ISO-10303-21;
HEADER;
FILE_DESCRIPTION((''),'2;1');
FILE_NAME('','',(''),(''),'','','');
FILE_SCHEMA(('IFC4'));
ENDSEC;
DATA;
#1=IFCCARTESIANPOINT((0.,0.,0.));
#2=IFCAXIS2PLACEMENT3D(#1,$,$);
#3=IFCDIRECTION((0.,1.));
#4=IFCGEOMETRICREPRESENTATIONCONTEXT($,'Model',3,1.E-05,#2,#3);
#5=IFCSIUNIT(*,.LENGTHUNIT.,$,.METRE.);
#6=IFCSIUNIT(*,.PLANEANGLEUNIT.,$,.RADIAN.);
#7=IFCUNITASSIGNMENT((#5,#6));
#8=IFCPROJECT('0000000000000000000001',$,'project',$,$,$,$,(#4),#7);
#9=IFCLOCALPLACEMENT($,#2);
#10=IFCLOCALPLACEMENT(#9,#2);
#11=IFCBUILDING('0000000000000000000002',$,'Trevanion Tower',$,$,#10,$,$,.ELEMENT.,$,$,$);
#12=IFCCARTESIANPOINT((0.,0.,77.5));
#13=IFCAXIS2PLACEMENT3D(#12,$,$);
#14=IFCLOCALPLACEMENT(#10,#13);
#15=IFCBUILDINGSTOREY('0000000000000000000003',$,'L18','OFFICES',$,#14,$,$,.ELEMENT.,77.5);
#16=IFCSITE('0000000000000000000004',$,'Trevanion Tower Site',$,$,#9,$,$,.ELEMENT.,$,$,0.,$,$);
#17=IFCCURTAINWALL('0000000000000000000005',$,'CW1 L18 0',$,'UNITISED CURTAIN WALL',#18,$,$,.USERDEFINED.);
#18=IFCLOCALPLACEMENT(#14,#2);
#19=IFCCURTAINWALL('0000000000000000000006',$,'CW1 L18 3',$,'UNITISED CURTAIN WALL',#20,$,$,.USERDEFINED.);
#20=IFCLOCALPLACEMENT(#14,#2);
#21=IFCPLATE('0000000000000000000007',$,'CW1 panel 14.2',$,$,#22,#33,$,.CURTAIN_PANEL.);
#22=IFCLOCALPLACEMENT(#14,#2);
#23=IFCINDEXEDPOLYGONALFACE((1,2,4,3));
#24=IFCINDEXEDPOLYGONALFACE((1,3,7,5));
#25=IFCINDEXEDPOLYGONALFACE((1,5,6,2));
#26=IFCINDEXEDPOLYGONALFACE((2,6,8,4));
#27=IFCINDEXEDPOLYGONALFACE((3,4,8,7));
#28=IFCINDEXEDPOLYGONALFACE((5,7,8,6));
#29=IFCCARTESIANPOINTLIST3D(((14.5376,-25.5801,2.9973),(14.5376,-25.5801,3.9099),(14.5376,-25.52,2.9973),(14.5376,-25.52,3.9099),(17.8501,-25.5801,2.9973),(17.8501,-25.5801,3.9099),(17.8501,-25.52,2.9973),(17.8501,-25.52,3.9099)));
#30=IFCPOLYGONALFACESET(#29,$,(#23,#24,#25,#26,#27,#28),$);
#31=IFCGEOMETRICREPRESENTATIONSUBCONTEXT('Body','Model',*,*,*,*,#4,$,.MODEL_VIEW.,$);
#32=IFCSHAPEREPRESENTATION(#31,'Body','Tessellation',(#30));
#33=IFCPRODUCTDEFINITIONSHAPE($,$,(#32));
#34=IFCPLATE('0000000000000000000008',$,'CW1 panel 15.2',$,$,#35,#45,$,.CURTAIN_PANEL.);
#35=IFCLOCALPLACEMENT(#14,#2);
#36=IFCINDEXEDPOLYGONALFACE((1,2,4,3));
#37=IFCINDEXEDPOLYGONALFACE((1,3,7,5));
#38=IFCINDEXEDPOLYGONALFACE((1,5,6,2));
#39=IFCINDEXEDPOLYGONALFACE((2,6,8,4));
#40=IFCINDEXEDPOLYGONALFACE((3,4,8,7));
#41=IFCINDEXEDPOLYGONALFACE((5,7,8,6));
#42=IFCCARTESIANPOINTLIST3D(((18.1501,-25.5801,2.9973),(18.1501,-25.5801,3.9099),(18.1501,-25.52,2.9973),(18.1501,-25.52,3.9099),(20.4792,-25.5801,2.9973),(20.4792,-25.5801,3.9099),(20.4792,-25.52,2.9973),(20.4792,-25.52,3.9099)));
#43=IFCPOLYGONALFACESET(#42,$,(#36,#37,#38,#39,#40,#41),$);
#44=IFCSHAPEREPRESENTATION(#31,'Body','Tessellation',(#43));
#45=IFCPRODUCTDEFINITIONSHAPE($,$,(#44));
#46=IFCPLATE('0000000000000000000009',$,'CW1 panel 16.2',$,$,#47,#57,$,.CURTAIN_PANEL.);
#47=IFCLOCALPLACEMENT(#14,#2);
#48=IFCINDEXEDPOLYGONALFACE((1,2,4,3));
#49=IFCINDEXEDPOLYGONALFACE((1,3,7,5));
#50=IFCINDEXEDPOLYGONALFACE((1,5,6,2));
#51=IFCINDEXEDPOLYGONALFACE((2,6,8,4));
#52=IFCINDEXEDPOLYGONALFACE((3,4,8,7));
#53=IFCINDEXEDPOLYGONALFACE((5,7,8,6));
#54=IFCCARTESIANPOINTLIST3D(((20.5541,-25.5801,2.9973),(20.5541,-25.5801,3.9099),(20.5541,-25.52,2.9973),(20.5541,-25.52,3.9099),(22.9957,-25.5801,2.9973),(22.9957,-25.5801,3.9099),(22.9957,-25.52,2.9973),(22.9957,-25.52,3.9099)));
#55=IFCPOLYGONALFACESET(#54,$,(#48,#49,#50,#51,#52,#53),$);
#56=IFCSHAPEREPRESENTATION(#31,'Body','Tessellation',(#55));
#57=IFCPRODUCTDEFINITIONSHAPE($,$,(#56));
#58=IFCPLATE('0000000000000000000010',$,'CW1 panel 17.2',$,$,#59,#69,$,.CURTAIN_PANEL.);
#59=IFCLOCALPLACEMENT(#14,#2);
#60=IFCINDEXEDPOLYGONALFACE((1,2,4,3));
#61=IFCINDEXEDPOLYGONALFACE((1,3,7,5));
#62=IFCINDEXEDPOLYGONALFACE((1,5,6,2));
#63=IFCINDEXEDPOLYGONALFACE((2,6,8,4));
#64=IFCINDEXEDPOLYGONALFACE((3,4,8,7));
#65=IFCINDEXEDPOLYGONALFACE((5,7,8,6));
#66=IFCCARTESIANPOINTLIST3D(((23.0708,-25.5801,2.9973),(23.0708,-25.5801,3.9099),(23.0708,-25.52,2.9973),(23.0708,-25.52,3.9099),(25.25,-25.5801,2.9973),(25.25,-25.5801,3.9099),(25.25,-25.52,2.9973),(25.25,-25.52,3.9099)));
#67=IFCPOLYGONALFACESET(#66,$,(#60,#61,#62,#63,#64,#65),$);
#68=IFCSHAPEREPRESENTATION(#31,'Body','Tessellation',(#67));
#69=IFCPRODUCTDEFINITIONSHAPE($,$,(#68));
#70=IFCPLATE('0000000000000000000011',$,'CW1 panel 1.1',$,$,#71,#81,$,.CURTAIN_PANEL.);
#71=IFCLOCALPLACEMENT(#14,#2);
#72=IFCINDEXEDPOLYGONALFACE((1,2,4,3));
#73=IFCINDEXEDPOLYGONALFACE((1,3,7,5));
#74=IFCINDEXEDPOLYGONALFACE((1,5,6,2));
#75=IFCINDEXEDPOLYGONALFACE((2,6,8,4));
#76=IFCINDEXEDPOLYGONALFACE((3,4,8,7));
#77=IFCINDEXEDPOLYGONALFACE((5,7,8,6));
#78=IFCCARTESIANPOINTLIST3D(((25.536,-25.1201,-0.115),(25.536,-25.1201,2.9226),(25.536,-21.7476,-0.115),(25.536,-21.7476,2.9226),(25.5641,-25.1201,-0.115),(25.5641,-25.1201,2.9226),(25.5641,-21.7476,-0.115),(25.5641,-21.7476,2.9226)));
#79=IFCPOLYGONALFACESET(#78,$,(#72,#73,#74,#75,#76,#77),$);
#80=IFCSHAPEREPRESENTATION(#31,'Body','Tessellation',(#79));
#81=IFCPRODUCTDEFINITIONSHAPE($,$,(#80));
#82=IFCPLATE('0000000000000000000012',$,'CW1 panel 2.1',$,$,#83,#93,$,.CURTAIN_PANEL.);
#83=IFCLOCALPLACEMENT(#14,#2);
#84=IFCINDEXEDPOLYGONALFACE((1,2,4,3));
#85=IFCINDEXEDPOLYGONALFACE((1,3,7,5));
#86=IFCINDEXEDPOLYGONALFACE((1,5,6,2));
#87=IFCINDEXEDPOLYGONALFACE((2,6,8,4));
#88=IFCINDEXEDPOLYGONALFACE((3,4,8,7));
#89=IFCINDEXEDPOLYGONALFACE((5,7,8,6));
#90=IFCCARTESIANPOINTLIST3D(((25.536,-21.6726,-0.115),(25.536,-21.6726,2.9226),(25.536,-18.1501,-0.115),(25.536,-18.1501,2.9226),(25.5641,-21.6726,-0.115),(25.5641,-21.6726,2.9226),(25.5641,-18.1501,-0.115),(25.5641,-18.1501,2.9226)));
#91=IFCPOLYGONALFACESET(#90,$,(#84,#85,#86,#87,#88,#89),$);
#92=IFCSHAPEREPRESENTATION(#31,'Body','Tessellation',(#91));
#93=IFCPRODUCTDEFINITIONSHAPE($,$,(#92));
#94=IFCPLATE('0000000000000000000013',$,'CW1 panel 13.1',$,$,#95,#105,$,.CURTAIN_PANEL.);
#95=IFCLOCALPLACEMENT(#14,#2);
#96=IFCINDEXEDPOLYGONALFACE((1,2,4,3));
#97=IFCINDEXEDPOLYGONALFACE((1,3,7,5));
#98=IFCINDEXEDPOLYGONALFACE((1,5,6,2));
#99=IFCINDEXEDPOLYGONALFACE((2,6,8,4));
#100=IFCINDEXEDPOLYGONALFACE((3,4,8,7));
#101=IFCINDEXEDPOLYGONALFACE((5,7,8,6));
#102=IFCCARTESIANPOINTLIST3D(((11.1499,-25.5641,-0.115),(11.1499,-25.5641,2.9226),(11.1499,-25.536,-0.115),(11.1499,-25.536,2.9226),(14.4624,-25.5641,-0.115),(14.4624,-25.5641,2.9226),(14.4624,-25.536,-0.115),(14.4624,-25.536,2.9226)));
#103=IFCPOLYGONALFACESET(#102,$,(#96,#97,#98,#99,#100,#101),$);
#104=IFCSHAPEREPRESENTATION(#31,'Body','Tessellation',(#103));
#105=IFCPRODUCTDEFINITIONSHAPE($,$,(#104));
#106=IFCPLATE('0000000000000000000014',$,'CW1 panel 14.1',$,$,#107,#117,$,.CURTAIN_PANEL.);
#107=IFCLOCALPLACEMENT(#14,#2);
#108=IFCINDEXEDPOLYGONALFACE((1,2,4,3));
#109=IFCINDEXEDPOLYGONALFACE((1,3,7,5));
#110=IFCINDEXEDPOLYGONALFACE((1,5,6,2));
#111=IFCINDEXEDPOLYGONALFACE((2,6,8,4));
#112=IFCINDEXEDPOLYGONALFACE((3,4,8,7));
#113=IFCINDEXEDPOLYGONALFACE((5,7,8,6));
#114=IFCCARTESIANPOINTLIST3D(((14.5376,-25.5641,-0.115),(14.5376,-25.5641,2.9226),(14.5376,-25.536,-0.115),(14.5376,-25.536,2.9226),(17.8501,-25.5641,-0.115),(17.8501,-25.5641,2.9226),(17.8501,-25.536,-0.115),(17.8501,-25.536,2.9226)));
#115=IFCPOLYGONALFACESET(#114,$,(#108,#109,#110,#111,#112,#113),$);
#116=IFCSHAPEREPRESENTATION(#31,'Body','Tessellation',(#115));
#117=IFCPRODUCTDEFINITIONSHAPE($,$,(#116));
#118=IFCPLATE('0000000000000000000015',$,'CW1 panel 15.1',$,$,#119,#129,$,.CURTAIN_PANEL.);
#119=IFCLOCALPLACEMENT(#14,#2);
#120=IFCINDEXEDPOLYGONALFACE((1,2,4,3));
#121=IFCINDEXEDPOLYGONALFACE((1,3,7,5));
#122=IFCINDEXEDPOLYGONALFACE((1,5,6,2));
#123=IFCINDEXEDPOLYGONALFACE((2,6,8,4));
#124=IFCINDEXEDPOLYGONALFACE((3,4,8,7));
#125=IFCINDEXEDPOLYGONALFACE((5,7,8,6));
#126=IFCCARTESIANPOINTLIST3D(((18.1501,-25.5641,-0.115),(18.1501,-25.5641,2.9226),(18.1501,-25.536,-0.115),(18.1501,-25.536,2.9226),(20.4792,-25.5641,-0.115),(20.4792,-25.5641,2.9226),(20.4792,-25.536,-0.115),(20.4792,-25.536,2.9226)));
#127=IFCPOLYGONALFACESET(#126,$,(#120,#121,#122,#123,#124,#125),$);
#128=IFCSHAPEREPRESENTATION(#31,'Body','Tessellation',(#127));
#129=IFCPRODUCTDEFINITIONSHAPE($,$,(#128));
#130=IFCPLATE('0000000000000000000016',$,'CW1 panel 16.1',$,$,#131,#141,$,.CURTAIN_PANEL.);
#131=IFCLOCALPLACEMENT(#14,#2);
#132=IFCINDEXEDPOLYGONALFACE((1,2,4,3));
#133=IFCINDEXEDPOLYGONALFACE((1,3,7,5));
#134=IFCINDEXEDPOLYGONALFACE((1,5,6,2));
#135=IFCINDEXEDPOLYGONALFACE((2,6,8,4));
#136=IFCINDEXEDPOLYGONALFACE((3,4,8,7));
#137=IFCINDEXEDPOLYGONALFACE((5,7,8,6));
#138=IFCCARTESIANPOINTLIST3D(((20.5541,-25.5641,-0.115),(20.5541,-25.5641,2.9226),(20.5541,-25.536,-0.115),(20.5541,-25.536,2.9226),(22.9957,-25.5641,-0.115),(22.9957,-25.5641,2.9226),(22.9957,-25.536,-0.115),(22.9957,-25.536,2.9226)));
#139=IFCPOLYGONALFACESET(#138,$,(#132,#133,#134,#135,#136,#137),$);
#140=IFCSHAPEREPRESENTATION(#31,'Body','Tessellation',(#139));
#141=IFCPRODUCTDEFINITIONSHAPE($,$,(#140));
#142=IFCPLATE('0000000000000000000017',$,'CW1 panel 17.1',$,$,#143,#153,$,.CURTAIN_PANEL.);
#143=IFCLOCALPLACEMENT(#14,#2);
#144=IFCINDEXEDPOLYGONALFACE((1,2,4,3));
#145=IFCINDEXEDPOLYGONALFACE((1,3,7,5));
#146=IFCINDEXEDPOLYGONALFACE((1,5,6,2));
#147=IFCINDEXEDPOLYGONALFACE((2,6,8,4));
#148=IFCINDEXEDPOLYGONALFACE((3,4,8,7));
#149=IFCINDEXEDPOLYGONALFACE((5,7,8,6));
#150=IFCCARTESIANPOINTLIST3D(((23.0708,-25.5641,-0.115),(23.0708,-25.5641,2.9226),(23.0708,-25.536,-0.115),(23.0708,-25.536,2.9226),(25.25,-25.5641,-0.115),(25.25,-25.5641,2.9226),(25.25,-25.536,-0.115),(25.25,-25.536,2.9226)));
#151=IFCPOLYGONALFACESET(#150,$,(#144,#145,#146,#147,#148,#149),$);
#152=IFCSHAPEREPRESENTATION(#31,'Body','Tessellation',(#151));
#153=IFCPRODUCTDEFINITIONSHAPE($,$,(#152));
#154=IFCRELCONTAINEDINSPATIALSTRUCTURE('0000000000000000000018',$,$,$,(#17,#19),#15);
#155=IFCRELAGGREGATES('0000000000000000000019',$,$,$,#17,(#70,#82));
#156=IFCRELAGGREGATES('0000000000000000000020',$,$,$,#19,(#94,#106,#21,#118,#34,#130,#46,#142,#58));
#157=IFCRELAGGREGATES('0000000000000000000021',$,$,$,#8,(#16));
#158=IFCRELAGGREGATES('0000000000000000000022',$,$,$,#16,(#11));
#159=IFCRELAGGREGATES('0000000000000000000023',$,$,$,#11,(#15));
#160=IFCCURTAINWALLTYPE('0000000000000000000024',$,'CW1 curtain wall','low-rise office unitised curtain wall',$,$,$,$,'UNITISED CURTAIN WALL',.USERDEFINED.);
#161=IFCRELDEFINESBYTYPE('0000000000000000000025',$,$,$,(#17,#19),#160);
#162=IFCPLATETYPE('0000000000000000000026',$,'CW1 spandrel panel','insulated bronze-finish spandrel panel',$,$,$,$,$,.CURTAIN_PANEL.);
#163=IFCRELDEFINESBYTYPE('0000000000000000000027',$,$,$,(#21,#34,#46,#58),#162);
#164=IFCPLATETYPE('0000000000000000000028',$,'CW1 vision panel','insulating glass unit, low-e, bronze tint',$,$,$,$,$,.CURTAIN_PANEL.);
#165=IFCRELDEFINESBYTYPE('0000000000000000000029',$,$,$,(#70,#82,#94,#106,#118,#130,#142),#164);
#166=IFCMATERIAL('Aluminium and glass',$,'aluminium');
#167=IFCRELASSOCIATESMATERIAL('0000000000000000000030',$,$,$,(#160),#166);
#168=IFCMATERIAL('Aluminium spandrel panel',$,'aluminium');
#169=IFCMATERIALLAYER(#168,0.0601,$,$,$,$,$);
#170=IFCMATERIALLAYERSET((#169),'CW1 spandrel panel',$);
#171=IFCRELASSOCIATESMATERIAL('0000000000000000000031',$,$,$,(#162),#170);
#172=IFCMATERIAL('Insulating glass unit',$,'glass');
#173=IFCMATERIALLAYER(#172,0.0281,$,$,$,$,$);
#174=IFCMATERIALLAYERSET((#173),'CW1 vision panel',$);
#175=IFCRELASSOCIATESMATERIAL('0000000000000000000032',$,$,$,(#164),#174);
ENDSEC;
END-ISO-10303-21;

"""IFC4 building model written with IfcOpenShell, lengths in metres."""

from ifc_helpers import new_model, si_unit, direction, frame, origin, origin_2d, place, context, subcontext, project, spatial, rectangle, extrude, material, layer, layer_set, type_object, element, aggregate, save


model = new_model("IFC4")

# Units and contexts
model_context = context("Model", 3, precision=1e-05, world=origin(), true_north=direction((0.0, 1.0)))
body_context = subcontext(model_context, "Body", "Model", "MODEL_VIEW")
ifc_project = project(units=[si_unit("LENGTHUNIT", "METRE"), si_unit("PLANEANGLEUNIT", "RADIAN")], contexts=[model_context])

# Site, building, storey
site_placement = place(None, origin())
site = spatial("IfcSite", under=ifc_project, at=site_placement, Name="Trevanion Tower Site", CompositionType="ELEMENT", RefElevation=0.0)
building_placement = place(site_placement, origin())
building = spatial("IfcBuilding", under=site, at=building_placement, Name="Trevanion Tower", CompositionType="ELEMENT")
storey_placement = place(building_placement, frame((0.0, 0.0, 77.5)))
storey = spatial("IfcBuildingStorey", under=building, at=storey_placement, Name="L18", Description="OFFICES", CompositionType="ELEMENT", Elevation=77.5)

# Curtain wall
ifc_material_1 = material(Name="Aluminium and glass", Category="aluminium")
curtain_wall_type = type_object("IfcCurtainWallType", Name="CW1 curtain wall", Description="low-rise office unitised curtain wall", ElementType="UNITISED CURTAIN WALL", PredefinedType="USERDEFINED", material=ifc_material_1)
curtain_wall_1_placement = place(storey_placement, origin())
curtain_wall_1 = element("IfcCurtainWall", 1, at=curtain_wall_1_placement, inside=storey, type_object=curtain_wall_type, Name="CW1 L18 0", ObjectType="UNITISED CURTAIN WALL", PredefinedType="USERDEFINED")

# Curtain wall
curtain_wall_2_placement = place(storey_placement, origin())
curtain_wall_2 = element("IfcCurtainWall", 2, at=curtain_wall_2_placement, inside=storey, type_object=curtain_wall_type, Name="CW1 L18 3", ObjectType="UNITISED CURTAIN WALL", PredefinedType="USERDEFINED")

# Plates
ifc_material_2 = material(Name="Aluminium spandrel panel", Category="aluminium")
ifc_layer_1 = layer(ifc_material_2, 0.0601)
ifc_layer_set_1 = layer_set([ifc_layer_1], Name="CW1 spandrel panel")
plate_type_1 = type_object("IfcPlateType", Name="CW1 spandrel panel", Description="insulated bronze-finish spandrel panel", PredefinedType="CURTAIN_PANEL", material=ifc_layer_set_1)
plate_1_placement = place(storey_placement, frame((16.1938, -25.55, 2.9973), z_axis=(0.0, 0.0, 1.0), x_axis=(1.0, 0.0, 0.0)))
plate_1 = element("IfcPlate", 3, at=plate_1_placement, type_object=plate_type_1, Name="CW1 panel 14.2", PredefinedType="CURTAIN_PANEL", context=body_context, shape_type="SweptSolid", body=[
    extrude(rectangle(XDim=3.3125, YDim=0.0601, at=origin_2d()), origin(), (0.0, 0.0, 1.0), 0.9126),
])
plate_2_placement = place(storey_placement, frame((19.3147, -25.55, 2.9973), z_axis=(0.0, 0.0, 1.0), x_axis=(1.0, 0.0, 0.0)))
plate_2 = element("IfcPlate", 4, at=plate_2_placement, type_object=plate_type_1, Name="CW1 panel 15.2", PredefinedType="CURTAIN_PANEL", context=body_context, shape_type="SweptSolid", body=[
    extrude(rectangle(XDim=2.3291, YDim=0.0601, at=origin_2d()), origin(), (0.0, 0.0, 1.0), 0.9126),
])
plate_3_placement = place(storey_placement, frame((21.7749, -25.55, 2.9973), z_axis=(0.0, 0.0, 1.0), x_axis=(1.0, 0.0, 0.0)))
plate_3 = element("IfcPlate", 5, at=plate_3_placement, type_object=plate_type_1, Name="CW1 panel 16.2", PredefinedType="CURTAIN_PANEL", context=body_context, shape_type="SweptSolid", body=[
    extrude(rectangle(XDim=2.4417, YDim=0.0601, at=origin_2d()), origin(), (0.0, 0.0, 1.0), 0.9126),
])
plate_4_placement = place(storey_placement, frame((24.1604, -25.55, 2.9973), z_axis=(0.0, 0.0, 1.0), x_axis=(1.0, 0.0, 0.0)))
plate_4 = element("IfcPlate", 6, at=plate_4_placement, type_object=plate_type_1, Name="CW1 panel 17.2", PredefinedType="CURTAIN_PANEL", context=body_context, shape_type="SweptSolid", body=[
    extrude(rectangle(XDim=2.1792, YDim=0.0601, at=origin_2d()), origin(), (0.0, 0.0, 1.0), 0.9126),
])
ifc_material_3 = material(Name="Insulating glass unit", Category="glass")
ifc_layer_2 = layer(ifc_material_3, 0.0281)
ifc_layer_set_2 = layer_set([ifc_layer_2], Name="CW1 vision panel")
plate_type_2 = type_object("IfcPlateType", Name="CW1 vision panel", Description="insulating glass unit, low-e, bronze tint", PredefinedType="CURTAIN_PANEL", material=ifc_layer_set_2)
plate_5_placement = place(storey_placement, frame((25.55, -23.4338, -0.115), z_axis=(0.0, 0.0, 1.0), x_axis=(0.0, 1.0, 0.0)))
plate_5 = element("IfcPlate", 7, at=plate_5_placement, type_object=plate_type_2, Name="CW1 panel 1.1", PredefinedType="CURTAIN_PANEL", context=body_context, shape_type="SweptSolid", body=[
    extrude(rectangle(XDim=3.3726, YDim=0.0281, at=origin_2d()), origin(), (0.0, 0.0, 1.0), 3.0376),
])
plate_6_placement = place(storey_placement, frame((25.55, -19.9114, -0.115), z_axis=(0.0, 0.0, 1.0), x_axis=(0.0, 1.0, 0.0)))
plate_6 = element("IfcPlate", 8, at=plate_6_placement, type_object=plate_type_2, Name="CW1 panel 2.1", PredefinedType="CURTAIN_PANEL", context=body_context, shape_type="SweptSolid", body=[
    extrude(rectangle(XDim=3.5225, YDim=0.0281, at=origin_2d()), origin(), (0.0, 0.0, 1.0), 3.0376),
])
aggregate(curtain_wall_1, [plate_5, plate_6])
plate_7_placement = place(storey_placement, frame((12.8062, -25.55, -0.115), z_axis=(0.0, 0.0, 1.0), x_axis=(1.0, 0.0, 0.0)))
plate_7 = element("IfcPlate", 9, at=plate_7_placement, type_object=plate_type_2, Name="CW1 panel 13.1", PredefinedType="CURTAIN_PANEL", context=body_context, shape_type="SweptSolid", body=[
    extrude(rectangle(XDim=3.3125, YDim=0.0281, at=origin_2d()), origin(), (0.0, 0.0, 1.0), 3.0376),
])
plate_8_placement = place(storey_placement, frame((16.1938, -25.55, -0.115), z_axis=(0.0, 0.0, 1.0), x_axis=(1.0, 0.0, 0.0)))
plate_8 = element("IfcPlate", 10, at=plate_8_placement, type_object=plate_type_2, Name="CW1 panel 14.1", PredefinedType="CURTAIN_PANEL", context=body_context, shape_type="SweptSolid", body=[
    extrude(rectangle(XDim=3.3125, YDim=0.0281, at=origin_2d()), origin(), (0.0, 0.0, 1.0), 3.0376),
])
plate_9_placement = place(storey_placement, frame((19.3147, -25.55, -0.115), z_axis=(0.0, 0.0, 1.0), x_axis=(1.0, 0.0, 0.0)))
plate_9 = element("IfcPlate", 11, at=plate_9_placement, type_object=plate_type_2, Name="CW1 panel 15.1", PredefinedType="CURTAIN_PANEL", context=body_context, shape_type="SweptSolid", body=[
    extrude(rectangle(XDim=2.3291, YDim=0.0281, at=origin_2d()), origin(), (0.0, 0.0, 1.0), 3.0376),
])
plate_10_placement = place(storey_placement, frame((21.7749, -25.55, -0.115), z_axis=(0.0, 0.0, 1.0), x_axis=(1.0, 0.0, 0.0)))
plate_10 = element("IfcPlate", 12, at=plate_10_placement, type_object=plate_type_2, Name="CW1 panel 16.1", PredefinedType="CURTAIN_PANEL", context=body_context, shape_type="SweptSolid", body=[
    extrude(rectangle(XDim=2.4417, YDim=0.0281, at=origin_2d()), origin(), (0.0, 0.0, 1.0), 3.0376),
])
plate_11_placement = place(storey_placement, frame((24.1604, -25.55, -0.115), z_axis=(0.0, 0.0, 1.0), x_axis=(1.0, 0.0, 0.0)))
plate_11 = element("IfcPlate", 13, at=plate_11_placement, type_object=plate_type_2, Name="CW1 panel 17.1", PredefinedType="CURTAIN_PANEL", context=body_context, shape_type="SweptSolid", body=[
    extrude(rectangle(XDim=2.1792, YDim=0.0281, at=origin_2d()), origin(), (0.0, 0.0, 1.0), 3.0376),
])
aggregate(curtain_wall_2, [plate_7, plate_8, plate_1, plate_9, plate_2, plate_10, plate_3, plate_11, plate_4])

save(model, "model.ifc")
